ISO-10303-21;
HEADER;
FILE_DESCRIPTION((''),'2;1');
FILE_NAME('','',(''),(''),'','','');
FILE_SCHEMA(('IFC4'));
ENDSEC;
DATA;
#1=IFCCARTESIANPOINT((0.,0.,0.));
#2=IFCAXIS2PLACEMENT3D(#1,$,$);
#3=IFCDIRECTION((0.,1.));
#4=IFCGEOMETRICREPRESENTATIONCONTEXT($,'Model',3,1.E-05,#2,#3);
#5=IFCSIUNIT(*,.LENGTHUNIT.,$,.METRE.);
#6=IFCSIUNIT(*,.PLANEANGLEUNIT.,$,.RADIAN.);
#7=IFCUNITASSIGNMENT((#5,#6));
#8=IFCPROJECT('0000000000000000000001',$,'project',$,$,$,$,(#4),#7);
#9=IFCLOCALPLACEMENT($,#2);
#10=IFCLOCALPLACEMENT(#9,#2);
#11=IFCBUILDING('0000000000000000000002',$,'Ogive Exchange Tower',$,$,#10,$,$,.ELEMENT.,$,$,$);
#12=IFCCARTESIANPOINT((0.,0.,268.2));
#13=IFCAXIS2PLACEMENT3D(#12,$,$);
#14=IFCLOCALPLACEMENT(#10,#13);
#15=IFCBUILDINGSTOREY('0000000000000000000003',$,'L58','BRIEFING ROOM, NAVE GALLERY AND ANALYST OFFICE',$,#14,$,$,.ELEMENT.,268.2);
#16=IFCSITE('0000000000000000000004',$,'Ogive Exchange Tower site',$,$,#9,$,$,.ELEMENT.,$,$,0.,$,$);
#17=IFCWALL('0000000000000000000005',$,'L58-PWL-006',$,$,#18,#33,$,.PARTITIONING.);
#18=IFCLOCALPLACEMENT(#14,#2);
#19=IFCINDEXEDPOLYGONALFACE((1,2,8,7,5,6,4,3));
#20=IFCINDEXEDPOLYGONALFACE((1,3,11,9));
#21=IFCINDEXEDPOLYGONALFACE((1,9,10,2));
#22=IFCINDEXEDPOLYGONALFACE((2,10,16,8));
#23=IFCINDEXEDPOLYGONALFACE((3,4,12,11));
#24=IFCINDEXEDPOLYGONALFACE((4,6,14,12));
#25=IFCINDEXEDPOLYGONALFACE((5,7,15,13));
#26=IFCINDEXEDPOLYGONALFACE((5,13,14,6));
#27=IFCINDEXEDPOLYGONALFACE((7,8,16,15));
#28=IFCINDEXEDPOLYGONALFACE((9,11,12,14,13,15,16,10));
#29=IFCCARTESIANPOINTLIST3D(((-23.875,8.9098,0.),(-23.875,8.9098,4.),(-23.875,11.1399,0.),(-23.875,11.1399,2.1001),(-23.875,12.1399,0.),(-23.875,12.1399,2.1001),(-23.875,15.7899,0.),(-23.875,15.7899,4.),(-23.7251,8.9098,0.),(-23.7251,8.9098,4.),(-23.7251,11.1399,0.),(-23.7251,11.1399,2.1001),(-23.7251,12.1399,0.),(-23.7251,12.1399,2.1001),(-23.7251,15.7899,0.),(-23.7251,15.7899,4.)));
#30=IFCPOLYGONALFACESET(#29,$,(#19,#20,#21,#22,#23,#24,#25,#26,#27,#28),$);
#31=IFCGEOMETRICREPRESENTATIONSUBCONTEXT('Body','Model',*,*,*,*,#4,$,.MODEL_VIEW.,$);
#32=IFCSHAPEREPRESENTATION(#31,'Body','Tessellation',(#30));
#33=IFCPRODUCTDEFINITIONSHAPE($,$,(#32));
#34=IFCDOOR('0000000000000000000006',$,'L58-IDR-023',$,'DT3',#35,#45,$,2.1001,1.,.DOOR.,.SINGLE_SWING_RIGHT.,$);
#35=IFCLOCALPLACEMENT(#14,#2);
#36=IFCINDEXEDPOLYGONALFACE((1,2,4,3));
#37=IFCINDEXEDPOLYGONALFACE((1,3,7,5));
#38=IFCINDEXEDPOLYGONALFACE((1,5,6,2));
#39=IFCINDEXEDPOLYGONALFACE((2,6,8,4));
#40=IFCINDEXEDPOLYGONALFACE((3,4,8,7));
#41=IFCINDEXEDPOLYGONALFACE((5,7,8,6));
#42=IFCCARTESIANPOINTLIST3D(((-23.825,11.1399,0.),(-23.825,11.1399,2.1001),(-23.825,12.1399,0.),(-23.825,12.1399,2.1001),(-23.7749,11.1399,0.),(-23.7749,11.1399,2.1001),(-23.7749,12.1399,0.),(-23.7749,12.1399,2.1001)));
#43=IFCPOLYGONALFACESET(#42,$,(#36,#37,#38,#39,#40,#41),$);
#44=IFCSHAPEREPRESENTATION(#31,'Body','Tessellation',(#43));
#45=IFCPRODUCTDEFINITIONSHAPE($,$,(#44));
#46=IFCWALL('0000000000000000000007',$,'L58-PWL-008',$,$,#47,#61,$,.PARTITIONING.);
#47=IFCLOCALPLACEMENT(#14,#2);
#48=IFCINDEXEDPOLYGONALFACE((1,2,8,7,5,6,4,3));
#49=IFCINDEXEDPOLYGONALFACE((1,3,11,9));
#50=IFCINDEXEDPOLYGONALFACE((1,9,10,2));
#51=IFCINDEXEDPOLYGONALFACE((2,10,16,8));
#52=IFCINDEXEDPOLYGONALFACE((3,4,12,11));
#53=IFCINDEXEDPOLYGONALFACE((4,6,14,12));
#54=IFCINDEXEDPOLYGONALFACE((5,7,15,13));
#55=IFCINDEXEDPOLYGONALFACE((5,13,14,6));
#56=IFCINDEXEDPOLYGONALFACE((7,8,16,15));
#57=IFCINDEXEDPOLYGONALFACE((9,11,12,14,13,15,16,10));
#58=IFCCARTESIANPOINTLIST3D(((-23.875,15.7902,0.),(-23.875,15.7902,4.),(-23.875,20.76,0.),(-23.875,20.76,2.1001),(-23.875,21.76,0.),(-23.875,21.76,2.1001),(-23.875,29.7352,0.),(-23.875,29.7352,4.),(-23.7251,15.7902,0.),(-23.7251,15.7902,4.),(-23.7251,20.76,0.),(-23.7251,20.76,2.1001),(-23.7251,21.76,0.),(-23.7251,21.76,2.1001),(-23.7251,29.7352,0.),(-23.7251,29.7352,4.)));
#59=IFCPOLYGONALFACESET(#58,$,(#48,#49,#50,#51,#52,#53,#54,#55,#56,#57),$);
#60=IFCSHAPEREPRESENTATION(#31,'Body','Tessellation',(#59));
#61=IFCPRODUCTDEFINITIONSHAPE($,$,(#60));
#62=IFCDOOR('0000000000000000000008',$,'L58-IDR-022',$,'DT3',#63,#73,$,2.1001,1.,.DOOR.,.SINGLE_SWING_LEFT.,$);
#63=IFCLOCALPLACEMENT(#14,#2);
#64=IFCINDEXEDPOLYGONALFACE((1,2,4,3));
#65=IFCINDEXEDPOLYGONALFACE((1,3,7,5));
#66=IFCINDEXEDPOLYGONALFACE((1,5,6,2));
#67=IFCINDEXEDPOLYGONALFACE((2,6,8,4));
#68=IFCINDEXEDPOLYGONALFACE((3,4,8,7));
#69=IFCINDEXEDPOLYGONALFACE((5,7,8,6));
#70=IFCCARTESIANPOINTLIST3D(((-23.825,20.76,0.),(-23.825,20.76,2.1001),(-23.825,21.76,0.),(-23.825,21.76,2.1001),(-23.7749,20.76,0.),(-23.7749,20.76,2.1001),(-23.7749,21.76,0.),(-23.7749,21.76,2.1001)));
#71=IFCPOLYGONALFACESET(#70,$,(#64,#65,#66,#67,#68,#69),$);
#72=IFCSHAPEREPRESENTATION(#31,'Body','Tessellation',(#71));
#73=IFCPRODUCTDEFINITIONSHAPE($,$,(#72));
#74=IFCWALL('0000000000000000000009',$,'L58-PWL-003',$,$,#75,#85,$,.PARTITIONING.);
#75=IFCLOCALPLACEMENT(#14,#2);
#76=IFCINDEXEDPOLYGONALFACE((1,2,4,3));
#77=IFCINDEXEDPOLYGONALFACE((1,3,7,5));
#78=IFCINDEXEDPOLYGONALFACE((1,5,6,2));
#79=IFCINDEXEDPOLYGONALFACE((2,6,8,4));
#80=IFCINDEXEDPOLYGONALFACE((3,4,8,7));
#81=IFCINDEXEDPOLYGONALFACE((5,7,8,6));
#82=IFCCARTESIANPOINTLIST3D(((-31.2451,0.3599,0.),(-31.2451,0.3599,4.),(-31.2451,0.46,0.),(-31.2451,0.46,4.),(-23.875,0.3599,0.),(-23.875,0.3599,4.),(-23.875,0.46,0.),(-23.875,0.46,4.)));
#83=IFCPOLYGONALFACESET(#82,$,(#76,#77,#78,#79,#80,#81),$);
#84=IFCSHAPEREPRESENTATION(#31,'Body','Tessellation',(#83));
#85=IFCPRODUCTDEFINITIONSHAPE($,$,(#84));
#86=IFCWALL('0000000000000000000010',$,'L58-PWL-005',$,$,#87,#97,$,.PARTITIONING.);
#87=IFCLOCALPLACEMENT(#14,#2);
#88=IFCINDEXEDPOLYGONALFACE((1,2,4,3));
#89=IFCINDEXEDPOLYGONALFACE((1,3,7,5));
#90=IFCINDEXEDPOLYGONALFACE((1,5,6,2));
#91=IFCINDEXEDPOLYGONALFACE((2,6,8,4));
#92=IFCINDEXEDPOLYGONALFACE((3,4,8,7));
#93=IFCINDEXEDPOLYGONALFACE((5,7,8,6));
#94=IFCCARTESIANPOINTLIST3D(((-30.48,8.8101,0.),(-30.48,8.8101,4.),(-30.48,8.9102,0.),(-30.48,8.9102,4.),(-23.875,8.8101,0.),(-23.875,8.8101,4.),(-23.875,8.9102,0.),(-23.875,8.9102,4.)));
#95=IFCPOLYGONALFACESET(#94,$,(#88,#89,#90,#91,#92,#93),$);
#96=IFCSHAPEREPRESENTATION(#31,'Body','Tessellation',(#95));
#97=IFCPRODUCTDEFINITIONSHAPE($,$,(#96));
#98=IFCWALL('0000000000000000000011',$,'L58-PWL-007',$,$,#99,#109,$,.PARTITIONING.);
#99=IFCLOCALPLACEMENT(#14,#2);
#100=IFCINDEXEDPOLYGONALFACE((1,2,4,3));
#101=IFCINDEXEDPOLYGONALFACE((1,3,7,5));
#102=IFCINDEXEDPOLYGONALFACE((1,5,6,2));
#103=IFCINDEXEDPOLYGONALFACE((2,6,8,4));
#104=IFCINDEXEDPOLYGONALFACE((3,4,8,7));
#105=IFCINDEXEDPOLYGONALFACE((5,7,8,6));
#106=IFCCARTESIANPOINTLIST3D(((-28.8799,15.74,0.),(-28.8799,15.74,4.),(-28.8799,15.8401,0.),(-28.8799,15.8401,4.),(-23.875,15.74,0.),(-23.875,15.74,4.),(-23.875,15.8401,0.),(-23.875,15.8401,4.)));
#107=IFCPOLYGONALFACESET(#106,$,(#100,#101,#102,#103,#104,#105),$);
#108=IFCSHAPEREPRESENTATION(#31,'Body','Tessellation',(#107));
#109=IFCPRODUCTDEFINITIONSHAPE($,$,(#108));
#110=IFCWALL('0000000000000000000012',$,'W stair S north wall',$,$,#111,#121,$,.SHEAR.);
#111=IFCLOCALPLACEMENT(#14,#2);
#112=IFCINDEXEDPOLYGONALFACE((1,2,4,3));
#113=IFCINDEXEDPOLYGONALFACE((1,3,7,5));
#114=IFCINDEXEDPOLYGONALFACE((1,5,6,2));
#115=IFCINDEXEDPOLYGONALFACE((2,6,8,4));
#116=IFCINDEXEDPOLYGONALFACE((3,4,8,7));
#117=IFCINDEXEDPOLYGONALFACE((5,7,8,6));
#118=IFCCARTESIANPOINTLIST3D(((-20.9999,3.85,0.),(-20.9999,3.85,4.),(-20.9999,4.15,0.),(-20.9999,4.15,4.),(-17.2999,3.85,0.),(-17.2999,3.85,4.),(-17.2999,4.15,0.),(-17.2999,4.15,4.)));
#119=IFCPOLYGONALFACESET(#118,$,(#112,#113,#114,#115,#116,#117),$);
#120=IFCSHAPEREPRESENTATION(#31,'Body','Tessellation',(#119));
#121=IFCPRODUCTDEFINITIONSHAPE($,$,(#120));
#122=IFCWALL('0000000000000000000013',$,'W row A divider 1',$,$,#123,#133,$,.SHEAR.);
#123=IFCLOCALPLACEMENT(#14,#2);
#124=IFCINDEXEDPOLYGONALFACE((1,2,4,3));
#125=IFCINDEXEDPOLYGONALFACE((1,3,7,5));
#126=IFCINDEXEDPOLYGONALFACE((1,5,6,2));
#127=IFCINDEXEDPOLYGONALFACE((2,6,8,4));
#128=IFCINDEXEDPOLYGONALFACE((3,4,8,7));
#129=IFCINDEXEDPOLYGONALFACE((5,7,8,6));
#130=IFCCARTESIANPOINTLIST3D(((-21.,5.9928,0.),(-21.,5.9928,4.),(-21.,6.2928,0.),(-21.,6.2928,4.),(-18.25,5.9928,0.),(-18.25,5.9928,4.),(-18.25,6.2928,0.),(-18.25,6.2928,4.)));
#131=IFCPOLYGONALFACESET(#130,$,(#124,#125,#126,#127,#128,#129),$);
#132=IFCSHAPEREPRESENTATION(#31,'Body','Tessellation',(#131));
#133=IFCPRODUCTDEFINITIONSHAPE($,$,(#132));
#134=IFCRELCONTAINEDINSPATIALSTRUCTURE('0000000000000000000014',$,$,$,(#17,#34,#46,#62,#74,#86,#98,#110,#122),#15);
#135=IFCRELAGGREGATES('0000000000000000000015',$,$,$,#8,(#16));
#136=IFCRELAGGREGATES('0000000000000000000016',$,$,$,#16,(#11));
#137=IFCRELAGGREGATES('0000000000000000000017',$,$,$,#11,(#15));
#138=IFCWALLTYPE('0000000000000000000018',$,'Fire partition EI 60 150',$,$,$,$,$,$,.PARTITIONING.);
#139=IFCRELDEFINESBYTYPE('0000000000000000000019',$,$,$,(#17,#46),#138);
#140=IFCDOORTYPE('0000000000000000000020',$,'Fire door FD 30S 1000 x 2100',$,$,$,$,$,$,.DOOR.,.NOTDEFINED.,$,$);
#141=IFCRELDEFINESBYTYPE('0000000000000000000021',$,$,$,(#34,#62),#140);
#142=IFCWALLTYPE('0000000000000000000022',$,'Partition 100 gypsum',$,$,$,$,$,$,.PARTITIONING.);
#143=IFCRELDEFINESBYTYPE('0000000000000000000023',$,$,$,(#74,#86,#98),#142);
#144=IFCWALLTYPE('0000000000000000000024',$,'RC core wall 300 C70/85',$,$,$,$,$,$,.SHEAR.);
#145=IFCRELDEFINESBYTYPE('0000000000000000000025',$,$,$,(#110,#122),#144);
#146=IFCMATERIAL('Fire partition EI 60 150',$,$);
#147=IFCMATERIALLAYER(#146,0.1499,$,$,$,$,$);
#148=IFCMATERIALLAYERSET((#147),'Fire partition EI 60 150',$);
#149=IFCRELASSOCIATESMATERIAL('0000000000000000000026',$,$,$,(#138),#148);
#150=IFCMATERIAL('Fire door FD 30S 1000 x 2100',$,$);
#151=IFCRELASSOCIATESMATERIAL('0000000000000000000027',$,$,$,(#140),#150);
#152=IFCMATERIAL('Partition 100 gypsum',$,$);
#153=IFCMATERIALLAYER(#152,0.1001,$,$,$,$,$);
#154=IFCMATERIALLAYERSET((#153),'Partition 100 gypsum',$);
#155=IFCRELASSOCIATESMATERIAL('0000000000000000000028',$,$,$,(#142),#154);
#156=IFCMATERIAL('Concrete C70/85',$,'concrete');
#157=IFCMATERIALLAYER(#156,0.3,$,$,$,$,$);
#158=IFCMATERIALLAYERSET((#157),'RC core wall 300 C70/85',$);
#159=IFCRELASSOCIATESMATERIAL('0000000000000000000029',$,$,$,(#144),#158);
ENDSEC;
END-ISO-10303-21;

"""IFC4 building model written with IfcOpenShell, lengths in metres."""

from ifc_helpers import new_model, si_unit, direction, frame, frame_2d, origin, place, context, subcontext, project, spatial, rectangle, extrude, material, layer, layer_set, type_object, element, fill, save


model = new_model("IFC4")

# Units and contexts
model_context = context("Model", 3, precision=1e-05, world=origin(), true_north=direction((0.0, 1.0)))
body_context = subcontext(model_context, "Body", "Model", "MODEL_VIEW")
ifc_project = project(units=[si_unit("LENGTHUNIT", "METRE"), si_unit("PLANEANGLEUNIT", "RADIAN")], contexts=[model_context])

# Site, building, storey
site_placement = place(None, origin())
site = spatial("IfcSite", under=ifc_project, at=site_placement, Name="Ogive Exchange Tower site", CompositionType="ELEMENT", RefElevation=0.0)
building_placement = place(site_placement, origin())
building = spatial("IfcBuilding", under=site, at=building_placement, Name="Ogive Exchange Tower", CompositionType="ELEMENT")
storey_placement = place(building_placement, frame((0.0, 0.0, 268.2)))
storey = spatial("IfcBuildingStorey", under=building, at=storey_placement, Name="L58", Description="BRIEFING ROOM, NAVE GALLERY AND ANALYST OFFICE", CompositionType="ELEMENT", Elevation=268.2)

# Walls, openings, doors
ifc_material_1 = material(Name="Fire partition EI 60 150")
ifc_layer_1 = layer(ifc_material_1, 0.1499)
ifc_layer_set_1 = layer_set([ifc_layer_1], Name="Fire partition EI 60 150")
wall_type_1 = type_object("IfcWallType", Name="Fire partition EI 60 150", PredefinedType="PARTITIONING", material=ifc_layer_set_1)
ifc_material_2 = material(Name="Fire door FD 30S 1000 x 2100")
door_type = type_object("IfcDoorType", Name="Fire door FD 30S 1000 x 2100", OperationType="NOTDEFINED", PredefinedType="DOOR", material=ifc_material_2)
wall_1_placement = place(storey_placement, frame((-23.8, 8.9099, 0.0), z_axis=(0.0, 0.0, 1.0), x_axis=(0.0, 1.0, 0.0)))
wall_1 = element("IfcWall", 1, at=wall_1_placement, inside=storey, type_object=wall_type_1, Name="L58-PWL-006", PredefinedType="PARTITIONING", context=body_context, shape_type="SweptSolid", body=[
    extrude(rectangle(XDim=6.8801, YDim=0.1499, at=frame_2d((3.4399, 0.0))), origin(), (0.0, 0.0, 1.0), 4.0),
])
opening_1_placement = place(wall_1_placement, frame((2.23, 0.0, 0.0)))
opening_1 = element("IfcOpeningElement", 2, at=opening_1_placement, cuts=wall_1, PredefinedType="OPENING", context=body_context, shape_type="SweptSolid", body=[
    extrude(rectangle(XDim=1.0, YDim=2.1001, at=frame_2d((0.5, 1.05))), frame((0.0, 0.085, 0.0), z_axis=(0.0, -1.0, 0.0), x_axis=(1.0, 0.0, 0.0)), (0.0, 0.0, 1.0), 0.1699),
])
door_1_placement = place(opening_1_placement, origin())
door_1 = element("IfcDoor", 3, at=door_1_placement, inside=storey, type_object=door_type, Name="L58-IDR-023", ObjectType="DT3", OperationType="SINGLE_SWING_RIGHT", OverallHeight=2.1001, OverallWidth=1.0, PredefinedType="DOOR", context=body_context, shape_type="SweptSolid", body=[
    extrude(rectangle(XDim=1.0, YDim=2.1001, at=frame_2d((0.5, 1.05))), frame((0.0, 0.0249, 0.0), z_axis=(0.0, -1.0, 0.0), x_axis=(1.0, 0.0, 0.0)), (0.0, 0.0, 1.0), 0.05),
])
fill(opening_1, door_1)
wall_2_placement = place(storey_placement, frame((-23.8, 15.79, 0.0), z_axis=(0.0, 0.0, 1.0), x_axis=(0.0, 1.0, 0.0)))
wall_2 = element("IfcWall", 4, at=wall_2_placement, inside=storey, type_object=wall_type_1, Name="L58-PWL-008", PredefinedType="PARTITIONING", context=body_context, shape_type="SweptSolid", body=[
    extrude(rectangle(XDim=13.9451, YDim=0.1499, at=frame_2d((6.9727, 0.0))), origin(), (0.0, 0.0, 1.0), 4.0),
])
opening_2_placement = place(wall_2_placement, frame((4.97, 0.0, 0.0)))
opening_2 = element("IfcOpeningElement", 5, at=opening_2_placement, cuts=wall_2, PredefinedType="OPENING", context=body_context, shape_type="SweptSolid", body=[
    extrude(rectangle(XDim=1.0, YDim=2.1001, at=frame_2d((0.5, 1.05))), frame((0.0, 0.085, 0.0), z_axis=(0.0, -1.0, 0.0), x_axis=(1.0, 0.0, 0.0)), (0.0, 0.0, 1.0), 0.1699),
])
door_2_placement = place(opening_2_placement, origin())
door_2 = element("IfcDoor", 6, at=door_2_placement, inside=storey, type_object=door_type, Name="L58-IDR-022", ObjectType="DT3", OperationType="SINGLE_SWING_LEFT", OverallHeight=2.1001, OverallWidth=1.0, PredefinedType="DOOR", context=body_context, shape_type="SweptSolid", body=[
    extrude(rectangle(XDim=1.0, YDim=2.1001, at=frame_2d((0.5, 1.05))), frame((0.0, 0.0249, 0.0), z_axis=(0.0, -1.0, 0.0), x_axis=(1.0, 0.0, 0.0)), (0.0, 0.0, 1.0), 0.05),
])
fill(opening_2, door_2)

# Walls
ifc_material_3 = material(Name="Partition 100 gypsum")
ifc_layer_2 = layer(ifc_material_3, 0.1001)
ifc_layer_set_2 = layer_set([ifc_layer_2], Name="Partition 100 gypsum")
wall_type_2 = type_object("IfcWallType", Name="Partition 100 gypsum", PredefinedType="PARTITIONING", material=ifc_layer_set_2)
wall_3_placement = place(storey_placement, frame((-23.875, 0.4099, 0.0), z_axis=(0.0, 0.0, 1.0), x_axis=(-1.0, 0.0, 0.0)))
element("IfcWall", 7, at=wall_3_placement, inside=storey, type_object=wall_type_2, Name="L58-PWL-003", PredefinedType="PARTITIONING", context=body_context, shape_type="SweptSolid", body=[
    extrude(rectangle(XDim=7.3701, YDim=0.1001, at=frame_2d((3.6851, 0.0))), origin(), (0.0, 0.0, 1.0), 4.0),
])
wall_4_placement = place(storey_placement, frame((-23.875, 8.8601, 0.0), z_axis=(0.0, 0.0, 1.0), x_axis=(-1.0, 0.0, 0.0)))
element("IfcWall", 8, at=wall_4_placement, inside=storey, type_object=wall_type_2, Name="L58-PWL-005", PredefinedType="PARTITIONING", context=body_context, shape_type="SweptSolid", body=[
    extrude(rectangle(XDim=6.605, YDim=0.1001, at=frame_2d((3.3025, 0.0))), origin(), (0.0, 0.0, 1.0), 4.0),
])
wall_5_placement = place(storey_placement, frame((-23.875, 15.79, 0.0), z_axis=(0.0, 0.0, 1.0), x_axis=(-1.0, 0.0, 0.0)))
element("IfcWall", 9, at=wall_5_placement, inside=storey, type_object=wall_type_2, Name="L58-PWL-007", PredefinedType="PARTITIONING", context=body_context, shape_type="SweptSolid", body=[
    extrude(rectangle(XDim=5.0049, YDim=0.1001, at=frame_2d((2.5024, 0.0))), origin(), (0.0, 0.0, 1.0), 4.0),
])
ifc_material_4 = material(Name="Concrete C70/85", Category="concrete")
ifc_layer_3 = layer(ifc_material_4, 0.3)
ifc_layer_set_3 = layer_set([ifc_layer_3], Name="RC core wall 300 C70/85")
wall_type_3 = type_object("IfcWallType", Name="RC core wall 300 C70/85", PredefinedType="SHEAR", material=ifc_layer_set_3)
wall_6_placement = place(storey_placement, frame((-21.0, 4.0, 0.0), z_axis=(0.0, 0.0, 1.0), x_axis=(1.0, 0.0, 0.0)))
element("IfcWall", 10, at=wall_6_placement, inside=storey, type_object=wall_type_3, Name="W stair S north wall", PredefinedType="SHEAR", context=body_context, shape_type="SweptSolid", body=[
    extrude(rectangle(XDim=3.7, YDim=0.3, at=frame_2d((1.8501, 0.0))), origin(), (0.0, 0.0, 1.0), 4.0),
])
wall_7_placement = place(storey_placement, frame((-21.0, 6.1428, 0.0), z_axis=(0.0, 0.0, 1.0), x_axis=(1.0, 0.0, 0.0)))
element("IfcWall", 11, at=wall_7_placement, inside=storey, type_object=wall_type_3, Name="W row A divider 1", PredefinedType="SHEAR", context=body_context, shape_type="SweptSolid", body=[
    extrude(rectangle(XDim=2.75, YDim=0.3, at=frame_2d((1.375, 0.0))), origin(), (0.0, 0.0, 1.0), 4.0),
])

save(model, "model.ifc")
